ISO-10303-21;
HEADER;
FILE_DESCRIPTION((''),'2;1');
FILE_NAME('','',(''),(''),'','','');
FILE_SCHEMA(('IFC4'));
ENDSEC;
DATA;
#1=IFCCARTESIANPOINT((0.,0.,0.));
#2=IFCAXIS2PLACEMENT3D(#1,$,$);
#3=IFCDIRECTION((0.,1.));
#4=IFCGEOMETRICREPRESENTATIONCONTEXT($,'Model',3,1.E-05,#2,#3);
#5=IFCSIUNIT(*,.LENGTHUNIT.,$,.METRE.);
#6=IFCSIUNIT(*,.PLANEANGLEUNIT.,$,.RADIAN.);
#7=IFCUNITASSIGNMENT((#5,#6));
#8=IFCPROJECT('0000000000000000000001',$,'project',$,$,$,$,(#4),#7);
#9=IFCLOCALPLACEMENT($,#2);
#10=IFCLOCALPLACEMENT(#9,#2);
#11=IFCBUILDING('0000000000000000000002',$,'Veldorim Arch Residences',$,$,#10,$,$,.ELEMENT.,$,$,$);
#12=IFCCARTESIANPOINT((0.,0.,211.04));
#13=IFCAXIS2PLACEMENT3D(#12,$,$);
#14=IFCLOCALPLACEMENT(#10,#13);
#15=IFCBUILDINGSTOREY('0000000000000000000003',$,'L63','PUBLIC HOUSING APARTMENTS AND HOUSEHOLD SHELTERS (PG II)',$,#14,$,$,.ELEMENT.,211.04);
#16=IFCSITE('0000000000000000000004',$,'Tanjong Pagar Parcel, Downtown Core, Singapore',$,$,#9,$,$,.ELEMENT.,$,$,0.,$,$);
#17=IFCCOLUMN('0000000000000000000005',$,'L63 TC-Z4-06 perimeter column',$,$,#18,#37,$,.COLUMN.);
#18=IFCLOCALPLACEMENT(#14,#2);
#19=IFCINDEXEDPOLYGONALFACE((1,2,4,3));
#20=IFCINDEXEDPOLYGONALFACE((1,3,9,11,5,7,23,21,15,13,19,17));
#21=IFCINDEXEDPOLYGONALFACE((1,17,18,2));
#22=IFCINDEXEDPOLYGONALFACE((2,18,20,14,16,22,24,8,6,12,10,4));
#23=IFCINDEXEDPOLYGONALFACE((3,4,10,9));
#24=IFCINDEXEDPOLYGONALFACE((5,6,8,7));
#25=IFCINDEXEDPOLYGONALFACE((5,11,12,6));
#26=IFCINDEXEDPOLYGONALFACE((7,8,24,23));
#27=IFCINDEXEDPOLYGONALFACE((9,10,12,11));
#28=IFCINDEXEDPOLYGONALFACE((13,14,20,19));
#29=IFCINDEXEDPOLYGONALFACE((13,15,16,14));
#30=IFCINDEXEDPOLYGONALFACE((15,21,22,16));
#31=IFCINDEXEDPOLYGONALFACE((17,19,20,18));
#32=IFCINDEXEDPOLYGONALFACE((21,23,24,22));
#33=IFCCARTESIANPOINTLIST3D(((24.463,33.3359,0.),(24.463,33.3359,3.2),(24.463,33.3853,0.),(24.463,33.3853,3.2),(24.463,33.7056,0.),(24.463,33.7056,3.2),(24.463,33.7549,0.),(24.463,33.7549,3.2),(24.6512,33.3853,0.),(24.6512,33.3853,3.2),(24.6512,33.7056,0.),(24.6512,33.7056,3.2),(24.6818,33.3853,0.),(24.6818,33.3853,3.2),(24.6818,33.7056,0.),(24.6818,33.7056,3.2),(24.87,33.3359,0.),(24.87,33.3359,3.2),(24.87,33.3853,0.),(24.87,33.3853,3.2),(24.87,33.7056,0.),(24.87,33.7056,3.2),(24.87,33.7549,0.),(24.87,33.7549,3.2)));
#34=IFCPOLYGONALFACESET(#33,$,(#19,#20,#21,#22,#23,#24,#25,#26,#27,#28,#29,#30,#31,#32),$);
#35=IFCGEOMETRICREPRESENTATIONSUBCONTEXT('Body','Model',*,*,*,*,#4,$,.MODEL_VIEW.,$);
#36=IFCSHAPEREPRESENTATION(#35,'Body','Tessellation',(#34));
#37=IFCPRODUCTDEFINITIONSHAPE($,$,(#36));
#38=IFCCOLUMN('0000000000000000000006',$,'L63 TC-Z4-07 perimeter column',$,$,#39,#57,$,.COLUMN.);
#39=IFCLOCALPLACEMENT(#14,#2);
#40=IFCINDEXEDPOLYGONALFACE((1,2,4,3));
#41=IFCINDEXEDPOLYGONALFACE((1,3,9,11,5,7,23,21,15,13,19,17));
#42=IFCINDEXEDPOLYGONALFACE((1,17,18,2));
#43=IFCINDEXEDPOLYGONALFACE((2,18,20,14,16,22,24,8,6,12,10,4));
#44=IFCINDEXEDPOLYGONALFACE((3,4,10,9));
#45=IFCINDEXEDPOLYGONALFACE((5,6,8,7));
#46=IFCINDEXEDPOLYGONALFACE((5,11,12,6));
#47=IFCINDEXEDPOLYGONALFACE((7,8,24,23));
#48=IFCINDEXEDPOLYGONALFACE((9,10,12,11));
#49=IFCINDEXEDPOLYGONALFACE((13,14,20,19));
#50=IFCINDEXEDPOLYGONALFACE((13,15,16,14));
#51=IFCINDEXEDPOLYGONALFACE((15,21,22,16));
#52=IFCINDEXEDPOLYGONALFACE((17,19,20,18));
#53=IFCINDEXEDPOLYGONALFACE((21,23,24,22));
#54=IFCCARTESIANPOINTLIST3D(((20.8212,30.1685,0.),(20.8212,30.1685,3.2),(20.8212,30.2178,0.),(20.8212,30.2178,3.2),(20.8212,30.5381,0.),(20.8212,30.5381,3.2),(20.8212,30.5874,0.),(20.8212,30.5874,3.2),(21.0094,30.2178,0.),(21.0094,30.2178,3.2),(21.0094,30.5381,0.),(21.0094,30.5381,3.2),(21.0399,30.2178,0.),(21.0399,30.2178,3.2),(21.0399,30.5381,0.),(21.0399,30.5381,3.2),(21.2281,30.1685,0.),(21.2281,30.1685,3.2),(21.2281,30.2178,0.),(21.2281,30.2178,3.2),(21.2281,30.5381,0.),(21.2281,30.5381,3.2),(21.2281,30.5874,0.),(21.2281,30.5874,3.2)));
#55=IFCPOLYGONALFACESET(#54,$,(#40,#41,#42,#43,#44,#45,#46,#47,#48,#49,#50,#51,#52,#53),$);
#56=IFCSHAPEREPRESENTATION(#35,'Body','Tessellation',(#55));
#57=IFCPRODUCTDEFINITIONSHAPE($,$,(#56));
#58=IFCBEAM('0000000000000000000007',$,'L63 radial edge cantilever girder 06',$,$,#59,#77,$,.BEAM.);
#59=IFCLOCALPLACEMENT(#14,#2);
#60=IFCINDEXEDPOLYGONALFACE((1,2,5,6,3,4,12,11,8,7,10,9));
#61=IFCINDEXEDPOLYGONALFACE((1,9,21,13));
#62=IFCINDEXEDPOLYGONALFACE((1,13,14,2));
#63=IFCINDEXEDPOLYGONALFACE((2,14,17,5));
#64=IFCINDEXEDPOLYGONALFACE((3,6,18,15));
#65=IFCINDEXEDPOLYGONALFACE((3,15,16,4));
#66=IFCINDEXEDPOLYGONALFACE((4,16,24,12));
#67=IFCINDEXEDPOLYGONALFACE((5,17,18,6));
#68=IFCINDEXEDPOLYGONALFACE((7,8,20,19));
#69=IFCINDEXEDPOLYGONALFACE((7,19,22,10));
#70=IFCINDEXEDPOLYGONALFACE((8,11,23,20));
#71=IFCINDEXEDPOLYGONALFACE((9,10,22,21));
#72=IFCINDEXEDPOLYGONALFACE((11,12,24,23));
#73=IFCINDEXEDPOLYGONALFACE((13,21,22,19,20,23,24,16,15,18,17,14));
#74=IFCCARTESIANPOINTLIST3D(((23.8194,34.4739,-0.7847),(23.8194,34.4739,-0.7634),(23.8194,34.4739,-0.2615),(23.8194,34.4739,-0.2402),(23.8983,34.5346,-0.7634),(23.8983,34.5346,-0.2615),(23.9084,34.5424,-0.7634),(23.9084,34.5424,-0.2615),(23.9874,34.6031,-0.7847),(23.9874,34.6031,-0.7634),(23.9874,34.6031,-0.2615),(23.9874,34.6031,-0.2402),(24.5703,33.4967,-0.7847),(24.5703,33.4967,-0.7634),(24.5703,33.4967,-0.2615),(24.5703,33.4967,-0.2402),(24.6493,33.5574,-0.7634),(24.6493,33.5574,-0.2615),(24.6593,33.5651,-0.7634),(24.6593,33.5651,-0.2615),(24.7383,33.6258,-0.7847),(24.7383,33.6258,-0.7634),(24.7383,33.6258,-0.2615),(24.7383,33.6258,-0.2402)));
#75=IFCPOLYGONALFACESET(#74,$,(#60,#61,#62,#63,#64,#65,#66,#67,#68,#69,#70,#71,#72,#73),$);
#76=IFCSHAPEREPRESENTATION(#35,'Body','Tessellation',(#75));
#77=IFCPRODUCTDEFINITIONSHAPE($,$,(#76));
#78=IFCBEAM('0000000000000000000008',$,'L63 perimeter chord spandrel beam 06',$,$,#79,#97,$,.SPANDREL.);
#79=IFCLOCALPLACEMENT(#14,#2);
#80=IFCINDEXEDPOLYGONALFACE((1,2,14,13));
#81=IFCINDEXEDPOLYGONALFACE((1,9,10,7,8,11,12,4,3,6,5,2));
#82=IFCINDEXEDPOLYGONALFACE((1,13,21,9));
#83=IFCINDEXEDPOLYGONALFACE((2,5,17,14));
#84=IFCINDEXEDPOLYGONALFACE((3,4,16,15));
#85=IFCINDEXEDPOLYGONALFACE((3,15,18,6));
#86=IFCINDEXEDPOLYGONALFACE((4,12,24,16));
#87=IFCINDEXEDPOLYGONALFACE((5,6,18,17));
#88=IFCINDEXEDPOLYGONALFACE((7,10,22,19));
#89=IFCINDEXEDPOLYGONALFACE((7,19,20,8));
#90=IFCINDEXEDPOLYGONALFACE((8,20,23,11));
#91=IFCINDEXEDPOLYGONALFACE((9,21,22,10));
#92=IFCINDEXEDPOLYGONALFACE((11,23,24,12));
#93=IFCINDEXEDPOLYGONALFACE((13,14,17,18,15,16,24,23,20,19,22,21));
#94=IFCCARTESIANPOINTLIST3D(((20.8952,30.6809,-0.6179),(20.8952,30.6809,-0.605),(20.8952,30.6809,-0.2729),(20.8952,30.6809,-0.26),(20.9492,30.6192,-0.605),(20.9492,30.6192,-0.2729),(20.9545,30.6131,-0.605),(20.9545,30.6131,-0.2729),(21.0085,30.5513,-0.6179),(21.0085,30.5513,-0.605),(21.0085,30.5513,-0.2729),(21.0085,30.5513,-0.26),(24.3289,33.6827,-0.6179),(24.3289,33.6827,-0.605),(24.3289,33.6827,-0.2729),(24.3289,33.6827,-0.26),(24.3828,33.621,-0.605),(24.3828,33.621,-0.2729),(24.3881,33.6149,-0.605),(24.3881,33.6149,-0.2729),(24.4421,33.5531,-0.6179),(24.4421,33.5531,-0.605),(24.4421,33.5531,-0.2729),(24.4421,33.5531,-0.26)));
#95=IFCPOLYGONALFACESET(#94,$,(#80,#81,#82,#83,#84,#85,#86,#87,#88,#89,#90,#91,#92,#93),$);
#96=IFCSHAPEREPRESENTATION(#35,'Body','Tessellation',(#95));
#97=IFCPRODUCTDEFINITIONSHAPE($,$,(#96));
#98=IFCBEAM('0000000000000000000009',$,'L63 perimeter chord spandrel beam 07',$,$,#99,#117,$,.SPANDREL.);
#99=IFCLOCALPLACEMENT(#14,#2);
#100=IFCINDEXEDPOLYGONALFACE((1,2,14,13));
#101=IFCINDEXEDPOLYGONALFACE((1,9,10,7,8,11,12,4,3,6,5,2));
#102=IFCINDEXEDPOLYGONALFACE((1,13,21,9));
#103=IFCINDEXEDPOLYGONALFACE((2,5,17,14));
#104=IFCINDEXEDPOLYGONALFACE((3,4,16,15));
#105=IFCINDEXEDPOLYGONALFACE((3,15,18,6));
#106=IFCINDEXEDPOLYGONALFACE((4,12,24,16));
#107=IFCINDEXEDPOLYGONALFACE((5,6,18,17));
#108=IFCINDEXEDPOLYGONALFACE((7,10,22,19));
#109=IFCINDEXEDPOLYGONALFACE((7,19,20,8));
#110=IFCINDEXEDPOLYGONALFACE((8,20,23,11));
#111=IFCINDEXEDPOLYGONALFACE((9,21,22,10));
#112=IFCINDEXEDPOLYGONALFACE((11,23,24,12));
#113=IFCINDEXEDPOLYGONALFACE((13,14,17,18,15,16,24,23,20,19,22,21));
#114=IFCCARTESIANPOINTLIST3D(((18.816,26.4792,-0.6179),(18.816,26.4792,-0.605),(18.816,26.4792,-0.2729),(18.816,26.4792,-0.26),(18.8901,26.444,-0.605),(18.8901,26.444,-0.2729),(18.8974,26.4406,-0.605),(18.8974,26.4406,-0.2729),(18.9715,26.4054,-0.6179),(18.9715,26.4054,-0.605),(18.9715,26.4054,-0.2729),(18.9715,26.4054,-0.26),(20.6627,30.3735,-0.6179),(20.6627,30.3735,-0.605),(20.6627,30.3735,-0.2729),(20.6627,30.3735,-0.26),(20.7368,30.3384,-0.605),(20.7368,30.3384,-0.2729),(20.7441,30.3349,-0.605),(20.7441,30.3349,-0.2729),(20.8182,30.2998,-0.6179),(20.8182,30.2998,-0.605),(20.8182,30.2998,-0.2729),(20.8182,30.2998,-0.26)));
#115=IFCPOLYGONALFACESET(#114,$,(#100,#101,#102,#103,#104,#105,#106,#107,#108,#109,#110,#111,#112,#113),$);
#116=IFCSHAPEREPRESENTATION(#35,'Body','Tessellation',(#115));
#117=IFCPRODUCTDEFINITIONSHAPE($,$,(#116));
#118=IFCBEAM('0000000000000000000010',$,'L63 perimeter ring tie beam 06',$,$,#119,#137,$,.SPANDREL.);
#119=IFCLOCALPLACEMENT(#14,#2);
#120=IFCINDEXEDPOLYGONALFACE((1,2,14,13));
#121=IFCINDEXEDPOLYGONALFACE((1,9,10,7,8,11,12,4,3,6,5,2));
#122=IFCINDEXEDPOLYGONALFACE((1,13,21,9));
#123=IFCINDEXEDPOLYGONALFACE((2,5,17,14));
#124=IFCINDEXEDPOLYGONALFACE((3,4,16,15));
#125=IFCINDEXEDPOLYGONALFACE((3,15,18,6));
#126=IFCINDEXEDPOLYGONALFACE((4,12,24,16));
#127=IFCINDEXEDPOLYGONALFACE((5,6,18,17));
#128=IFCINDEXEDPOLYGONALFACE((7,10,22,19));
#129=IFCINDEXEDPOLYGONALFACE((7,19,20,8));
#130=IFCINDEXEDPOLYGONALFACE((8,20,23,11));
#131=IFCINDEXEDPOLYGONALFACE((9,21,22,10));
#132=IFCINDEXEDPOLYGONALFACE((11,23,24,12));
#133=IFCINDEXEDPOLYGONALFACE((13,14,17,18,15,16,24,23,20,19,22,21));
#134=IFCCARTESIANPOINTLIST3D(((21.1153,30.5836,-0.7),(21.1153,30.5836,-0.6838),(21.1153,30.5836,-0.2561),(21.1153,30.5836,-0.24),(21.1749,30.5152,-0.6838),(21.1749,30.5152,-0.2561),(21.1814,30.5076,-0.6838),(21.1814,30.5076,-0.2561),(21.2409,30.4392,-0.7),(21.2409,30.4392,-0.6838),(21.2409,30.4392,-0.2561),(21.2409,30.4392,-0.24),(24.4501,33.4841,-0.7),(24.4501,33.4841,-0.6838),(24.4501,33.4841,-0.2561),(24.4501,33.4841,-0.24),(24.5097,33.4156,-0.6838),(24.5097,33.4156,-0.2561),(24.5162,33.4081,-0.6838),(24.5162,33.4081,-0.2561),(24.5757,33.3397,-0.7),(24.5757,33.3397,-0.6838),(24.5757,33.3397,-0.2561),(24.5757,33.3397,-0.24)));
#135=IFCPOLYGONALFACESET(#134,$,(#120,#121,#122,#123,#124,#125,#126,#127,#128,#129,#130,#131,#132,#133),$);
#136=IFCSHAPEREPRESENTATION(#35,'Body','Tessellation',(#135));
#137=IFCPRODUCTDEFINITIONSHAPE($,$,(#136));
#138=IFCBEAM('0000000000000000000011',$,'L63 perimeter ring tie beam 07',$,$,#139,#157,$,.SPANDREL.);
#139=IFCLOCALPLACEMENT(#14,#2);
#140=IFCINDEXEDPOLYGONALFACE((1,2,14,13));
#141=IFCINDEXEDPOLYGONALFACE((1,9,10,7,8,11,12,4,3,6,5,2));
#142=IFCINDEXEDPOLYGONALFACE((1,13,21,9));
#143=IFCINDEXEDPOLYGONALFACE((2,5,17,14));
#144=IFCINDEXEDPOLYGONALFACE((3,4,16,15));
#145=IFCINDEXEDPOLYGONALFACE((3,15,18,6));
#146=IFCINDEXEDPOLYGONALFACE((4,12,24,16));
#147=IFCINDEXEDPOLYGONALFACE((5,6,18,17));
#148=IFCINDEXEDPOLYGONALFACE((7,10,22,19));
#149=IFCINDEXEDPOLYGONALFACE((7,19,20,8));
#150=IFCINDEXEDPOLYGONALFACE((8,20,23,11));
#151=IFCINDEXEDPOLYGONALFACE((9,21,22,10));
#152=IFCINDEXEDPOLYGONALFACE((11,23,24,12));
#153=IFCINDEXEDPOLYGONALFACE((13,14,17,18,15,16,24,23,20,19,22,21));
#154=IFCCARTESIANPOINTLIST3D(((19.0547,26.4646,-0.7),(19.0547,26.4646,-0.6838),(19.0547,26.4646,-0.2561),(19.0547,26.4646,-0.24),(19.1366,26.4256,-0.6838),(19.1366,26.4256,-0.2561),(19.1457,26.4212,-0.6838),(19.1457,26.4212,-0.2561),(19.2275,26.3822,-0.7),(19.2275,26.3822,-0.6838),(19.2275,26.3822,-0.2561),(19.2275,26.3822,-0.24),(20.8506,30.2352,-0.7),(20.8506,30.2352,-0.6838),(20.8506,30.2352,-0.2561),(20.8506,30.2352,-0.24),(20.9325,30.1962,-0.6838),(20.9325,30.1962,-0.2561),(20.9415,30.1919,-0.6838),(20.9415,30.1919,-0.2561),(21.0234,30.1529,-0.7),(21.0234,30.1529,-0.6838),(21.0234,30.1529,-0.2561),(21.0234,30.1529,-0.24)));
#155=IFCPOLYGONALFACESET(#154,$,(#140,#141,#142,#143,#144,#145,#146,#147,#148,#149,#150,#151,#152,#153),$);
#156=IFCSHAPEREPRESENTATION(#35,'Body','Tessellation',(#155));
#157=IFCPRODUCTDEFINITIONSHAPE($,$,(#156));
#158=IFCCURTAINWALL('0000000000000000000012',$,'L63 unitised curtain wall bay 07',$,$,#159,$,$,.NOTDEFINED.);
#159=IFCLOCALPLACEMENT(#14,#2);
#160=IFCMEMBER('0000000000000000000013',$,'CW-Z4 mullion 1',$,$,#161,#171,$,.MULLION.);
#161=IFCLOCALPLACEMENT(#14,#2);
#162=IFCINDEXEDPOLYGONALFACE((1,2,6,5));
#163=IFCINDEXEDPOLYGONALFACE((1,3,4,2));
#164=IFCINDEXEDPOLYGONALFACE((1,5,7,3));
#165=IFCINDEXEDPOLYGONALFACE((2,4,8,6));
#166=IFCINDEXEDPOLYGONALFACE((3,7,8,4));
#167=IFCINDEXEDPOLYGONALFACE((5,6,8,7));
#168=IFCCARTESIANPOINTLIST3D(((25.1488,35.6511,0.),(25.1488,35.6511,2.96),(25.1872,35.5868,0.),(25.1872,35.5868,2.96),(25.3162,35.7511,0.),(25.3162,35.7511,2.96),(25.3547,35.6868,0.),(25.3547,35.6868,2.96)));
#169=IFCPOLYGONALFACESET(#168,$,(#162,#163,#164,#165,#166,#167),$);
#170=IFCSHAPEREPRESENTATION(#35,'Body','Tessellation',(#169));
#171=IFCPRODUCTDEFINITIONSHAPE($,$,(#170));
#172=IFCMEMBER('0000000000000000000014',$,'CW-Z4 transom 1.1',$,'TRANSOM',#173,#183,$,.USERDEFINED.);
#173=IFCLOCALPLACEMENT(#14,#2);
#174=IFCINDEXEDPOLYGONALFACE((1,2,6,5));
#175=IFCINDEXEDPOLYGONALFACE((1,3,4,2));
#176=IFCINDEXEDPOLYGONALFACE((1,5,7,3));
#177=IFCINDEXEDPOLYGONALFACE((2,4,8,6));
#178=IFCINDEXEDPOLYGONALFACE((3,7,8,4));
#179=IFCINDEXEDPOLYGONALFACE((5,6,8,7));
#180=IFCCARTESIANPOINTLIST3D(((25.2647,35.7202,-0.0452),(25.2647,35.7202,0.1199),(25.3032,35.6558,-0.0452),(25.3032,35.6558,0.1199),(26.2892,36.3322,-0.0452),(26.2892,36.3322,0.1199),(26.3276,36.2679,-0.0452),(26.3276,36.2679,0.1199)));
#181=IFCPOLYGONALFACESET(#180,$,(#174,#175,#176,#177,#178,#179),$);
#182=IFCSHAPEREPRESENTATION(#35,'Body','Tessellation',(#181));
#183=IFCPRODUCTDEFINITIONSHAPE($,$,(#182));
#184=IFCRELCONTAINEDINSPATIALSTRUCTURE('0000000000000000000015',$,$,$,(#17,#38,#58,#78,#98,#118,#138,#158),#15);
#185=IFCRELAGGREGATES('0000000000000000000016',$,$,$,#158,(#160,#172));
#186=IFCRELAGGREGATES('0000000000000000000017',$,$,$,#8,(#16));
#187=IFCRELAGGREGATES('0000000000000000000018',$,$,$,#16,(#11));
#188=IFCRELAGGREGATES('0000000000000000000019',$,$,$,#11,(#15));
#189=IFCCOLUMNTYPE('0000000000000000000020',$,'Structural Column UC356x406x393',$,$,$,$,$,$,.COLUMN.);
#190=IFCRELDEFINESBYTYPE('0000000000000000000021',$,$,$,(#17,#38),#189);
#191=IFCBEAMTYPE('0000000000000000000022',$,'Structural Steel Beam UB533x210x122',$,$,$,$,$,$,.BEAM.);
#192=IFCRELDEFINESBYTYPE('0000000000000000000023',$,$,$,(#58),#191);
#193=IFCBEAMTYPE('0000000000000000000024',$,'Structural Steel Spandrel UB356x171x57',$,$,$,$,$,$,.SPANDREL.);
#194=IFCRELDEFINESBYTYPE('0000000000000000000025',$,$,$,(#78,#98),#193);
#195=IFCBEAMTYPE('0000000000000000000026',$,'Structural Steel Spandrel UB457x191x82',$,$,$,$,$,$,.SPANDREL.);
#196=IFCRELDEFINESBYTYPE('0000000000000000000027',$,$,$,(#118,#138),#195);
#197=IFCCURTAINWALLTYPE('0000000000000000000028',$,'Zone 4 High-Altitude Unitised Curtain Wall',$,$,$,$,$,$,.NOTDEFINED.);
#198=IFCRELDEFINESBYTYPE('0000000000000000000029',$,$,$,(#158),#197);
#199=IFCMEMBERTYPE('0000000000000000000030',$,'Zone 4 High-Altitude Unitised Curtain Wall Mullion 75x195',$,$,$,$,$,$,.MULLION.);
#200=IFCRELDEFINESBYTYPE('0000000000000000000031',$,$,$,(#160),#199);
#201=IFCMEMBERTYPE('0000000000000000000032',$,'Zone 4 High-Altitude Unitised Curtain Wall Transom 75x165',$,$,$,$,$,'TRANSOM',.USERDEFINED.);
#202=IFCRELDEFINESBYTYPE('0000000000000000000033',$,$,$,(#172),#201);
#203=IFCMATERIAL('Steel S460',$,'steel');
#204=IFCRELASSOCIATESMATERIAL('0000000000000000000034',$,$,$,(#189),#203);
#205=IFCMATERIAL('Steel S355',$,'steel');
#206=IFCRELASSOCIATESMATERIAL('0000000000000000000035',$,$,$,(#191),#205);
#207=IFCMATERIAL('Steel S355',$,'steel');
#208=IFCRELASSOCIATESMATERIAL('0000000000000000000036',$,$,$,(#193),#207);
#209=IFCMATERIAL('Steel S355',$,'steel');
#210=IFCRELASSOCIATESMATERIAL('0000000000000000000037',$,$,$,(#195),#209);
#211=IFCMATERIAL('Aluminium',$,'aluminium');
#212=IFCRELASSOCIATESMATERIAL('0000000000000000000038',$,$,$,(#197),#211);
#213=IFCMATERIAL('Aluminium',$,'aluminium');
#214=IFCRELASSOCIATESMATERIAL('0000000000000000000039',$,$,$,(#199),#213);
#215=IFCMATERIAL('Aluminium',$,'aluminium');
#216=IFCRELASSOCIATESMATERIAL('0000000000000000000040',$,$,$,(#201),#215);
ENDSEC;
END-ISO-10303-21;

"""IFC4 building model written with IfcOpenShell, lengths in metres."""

from ifc_helpers import new_model, si_unit, direction, frame, origin, origin_2d, place, context, subcontext, project, spatial, rectangle, i_section, extrude, material, material_profile, profile_set, type_object, element, aggregate, save


model = new_model("IFC4")

# Units and contexts
model_context = context("Model", 3, precision=1e-05, world=origin(), true_north=direction((0.0, 1.0)))
body_context = subcontext(model_context, "Body", "Model", "MODEL_VIEW")
ifc_project = project(units=[si_unit("LENGTHUNIT", "METRE"), si_unit("PLANEANGLEUNIT", "RADIAN")], contexts=[model_context])

# Site, building, storey
site_placement = place(None, origin())
site = spatial("IfcSite", under=ifc_project, at=site_placement, Name="Tanjong Pagar Parcel, Downtown Core, Singapore", CompositionType="ELEMENT", RefElevation=0.0)
building_placement = place(site_placement, origin())
building = spatial("IfcBuilding", under=site, at=building_placement, Name="Veldorim Arch Residences", CompositionType="ELEMENT")
storey_placement = place(building_placement, frame((0.0, 0.0, 211.04)))
storey = spatial("IfcBuildingStorey", under=building, at=storey_placement, Name="L63", Description="PUBLIC HOUSING APARTMENTS AND HOUSEHOLD SHELTERS (PG II)", CompositionType="ELEMENT", Elevation=211.04)

# Columns
ifc_material_1 = material(Name="Steel S460", Category="steel")
ifc_material_profile_1 = material_profile(ifc_material_1, i_section(OverallWidth=0.407, OverallDepth=0.4189, WebThickness=0.0305, FlangeThickness=0.0493, at=origin_2d()), Name="UC356x406x393")
ifc_profile_set_1 = profile_set([ifc_material_profile_1], Name="Steel S460")
column_type = type_object("IfcColumnType", Name="Structural Column UC356x406x393", PredefinedType="COLUMN", material=ifc_profile_set_1)
for number, where, z_axis, x_axis, name in (
    (1, (24.6665, 33.5454, 0.0), (0.0, 0.0, 1.0), (1.0, 0.0, 0.0), "L63 TC-Z4-06 perimeter column"),
    (2, (21.0247, 30.3779, 0.0), (0.0, 0.0, 1.0), (1.0, 0.0, 0.0), "L63 TC-Z4-07 perimeter column"),
):
    element("IfcColumn", number, at=place(storey_placement, frame(where, z_axis=z_axis, x_axis=x_axis)), inside=storey, type_object=column_type, Name=name, PredefinedType="COLUMN", context=body_context, shape_type="SweptSolid", body=[
        extrude(i_section(OverallWidth=0.407, OverallDepth=0.4189, WebThickness=0.0305, FlangeThickness=0.0493, at=origin_2d()), origin(), (0.0, 0.0, 1.0), 3.2),
    ])

# Beams
ifc_material_2 = material(Name="Steel S355", Category="steel")
ifc_material_profile_2 = material_profile(ifc_material_2, i_section(OverallWidth=0.2119, OverallDepth=0.5444, WebThickness=0.0127, FlangeThickness=0.0212, at=origin_2d()), Name="UB533x210x122")
ifc_profile_set_2 = profile_set([ifc_material_profile_2], Name="Steel S355")
beam_type_1 = type_object("IfcBeamType", Name="Structural Steel Beam UB533x210x122", PredefinedType="BEAM", material=ifc_profile_set_2)
beam_1_placement = place(storey_placement, frame((24.6543, 33.5613, -0.5125), z_axis=(-0.609309, 0.792933, 0.0), x_axis=(-0.792933, -0.609309, 0.0)))
element("IfcBeam", 3, at=beam_1_placement, inside=storey, type_object=beam_type_1, Name="L63 radial edge cantilever girder 06", PredefinedType="BEAM", context=body_context, shape_type="SweptSolid", body=[
    extrude(i_section(OverallWidth=0.2119, OverallDepth=0.5444, WebThickness=0.0127, FlangeThickness=0.0212, at=origin_2d()), origin(), (0.0, 0.0, 1.0), 1.2324),
])
ifc_material_3 = material(Name="Steel S355", Category="steel")
ifc_material_profile_3 = material_profile(ifc_material_3, i_section(OverallWidth=0.1721, OverallDepth=0.3579, WebThickness=0.0081, FlangeThickness=0.0129, at=origin_2d()), Name="UB356x171x57")
ifc_profile_set_3 = profile_set([ifc_material_profile_3], Name="Steel S355")
beam_type_2 = type_object("IfcBeamType", Name="Structural Steel Spandrel UB356x171x57", PredefinedType="SPANDREL", material=ifc_profile_set_3)
beam_2_placement = place(storey_placement, frame((24.3855, 33.6179, -0.439), z_axis=(-0.752868, -0.658171, 0.0), x_axis=(0.658171, -0.752868, 0.0)))
element("IfcBeam", 4, at=beam_2_placement, inside=storey, type_object=beam_type_2, Name="L63 perimeter chord spandrel beam 06", PredefinedType="SPANDREL", context=body_context, shape_type="SweptSolid", body=[
    extrude(i_section(OverallWidth=0.1721, OverallDepth=0.3579, WebThickness=0.0081, FlangeThickness=0.0129, at=origin_2d()), origin(), (0.0, 0.0, 1.0), 4.5608),
])
beam_3_placement = place(storey_placement, frame((20.7405, 30.3367, -0.439), z_axis=(-0.428469, -0.903557, 0.0), x_axis=(0.903557, -0.428469, 0.0)))
element("IfcBeam", 5, at=beam_3_placement, inside=storey, type_object=beam_type_2, Name="L63 perimeter chord spandrel beam 07", PredefinedType="SPANDREL", context=body_context, shape_type="SweptSolid", body=[
    extrude(i_section(OverallWidth=0.1721, OverallDepth=0.3579, WebThickness=0.0081, FlangeThickness=0.0129, at=origin_2d()), origin(), (0.0, 0.0, 1.0), 4.3101),
])
ifc_material_4 = material(Name="Steel S355", Category="steel")
ifc_material_profile_4 = material_profile(ifc_material_4, i_section(OverallWidth=0.1914, OverallDepth=0.46, WebThickness=0.01, FlangeThickness=0.0161, at=origin_2d()), Name="UB457x191x82")
ifc_profile_set_4 = profile_set([ifc_material_profile_4], Name="Steel S355")
beam_type_3 = type_object("IfcBeamType", Name="Structural Steel Spandrel UB457x191x82", PredefinedType="SPANDREL", material=ifc_profile_set_4)
beam_4_placement = place(storey_placement, frame((24.5129, 33.4119, -0.47), z_axis=(-0.754534, -0.656261, 0.0), x_axis=(0.656261, -0.754534, 0.0)))
element("IfcBeam", 6, at=beam_4_placement, inside=storey, type_object=beam_type_3, Name="L63 perimeter ring tie beam 06", PredefinedType="SPANDREL", context=body_context, shape_type="SweptSolid", body=[
    extrude(i_section(OverallWidth=0.1914, OverallDepth=0.46, WebThickness=0.01, FlangeThickness=0.0161, at=origin_2d()), origin(), (0.0, 0.0, 1.0), 4.4197),
])
beam_5_placement = place(storey_placement, frame((20.937, 30.1941, -0.47), z_axis=(-0.429993, -0.902832, 0.0), x_axis=(0.902832, -0.429993, 0.0)))
element("IfcBeam", 7, at=beam_5_placement, inside=storey, type_object=beam_type_3, Name="L63 perimeter ring tie beam 07", PredefinedType="SPANDREL", context=body_context, shape_type="SweptSolid", body=[
    extrude(i_section(OverallWidth=0.1914, OverallDepth=0.46, WebThickness=0.01, FlangeThickness=0.0161, at=origin_2d()), origin(), (0.0, 0.0, 1.0), 4.1765),
])

# Curtain wall, members
ifc_material_5 = material(Name="Aluminium", Category="aluminium")
curtain_wall_type = type_object("IfcCurtainWallType", Name="Zone 4 High-Altitude Unitised Curtain Wall", PredefinedType="NOTDEFINED", material=ifc_material_5)
curtain_wall_placement = place(storey_placement, origin())
curtain_wall = element("IfcCurtainWall", 8, at=curtain_wall_placement, inside=storey, type_object=curtain_wall_type, Name="L63 unitised curtain wall bay 07", PredefinedType="NOTDEFINED")
ifc_material_6 = material(Name="Aluminium", Category="aluminium")
ifc_material_profile_5 = material_profile(ifc_material_6, rectangle(XDim=0.075, YDim=0.1951, at=origin_2d()), Name="ALU_MUL_75x195")
ifc_profile_set_5 = profile_set([ifc_material_profile_5], Name="Aluminium")
member_type_1 = type_object("IfcMemberType", Name="Zone 4 High-Altitude Unitised Curtain Wall Mullion 75x195", PredefinedType="MULLION", material=ifc_profile_set_5)
member_1_placement = place(storey_placement, frame((25.2517, 35.6689, 0.0), z_axis=(0.0, 0.0, 1.0), x_axis=(-0.512817, 0.858498, 0.0)))
member_1 = element("IfcMember", 9, at=member_1_placement, type_object=member_type_1, Name="CW-Z4 mullion 1", PredefinedType="MULLION", context=body_context, shape_type="SweptSolid", body=[
    extrude(rectangle(XDim=0.075, YDim=0.1951, at=origin_2d()), origin(), (0.0, 0.0, 1.0), 2.96),
])
ifc_material_7 = material(Name="Aluminium", Category="aluminium")
ifc_material_profile_6 = material_profile(ifc_material_7, rectangle(XDim=0.075, YDim=0.165, at=origin_2d()), Name="ALU_TRN_75x165")
ifc_profile_set_6 = profile_set([ifc_material_profile_6], Name="Aluminium")
member_type_2 = type_object("IfcMemberType", Name="Zone 4 High-Altitude Unitised Curtain Wall Transom 75x165", ElementType="TRANSOM", PredefinedType="USERDEFINED", material=ifc_profile_set_6)
member_2_placement = place(storey_placement, frame((25.2839, 35.688, 0.0374), z_axis=(0.858448, 0.5129, 0.0), x_axis=(-0.5129, 0.858448, 0.0)))
member_2 = element("IfcMember", 10, at=member_2_placement, type_object=member_type_2, Name="CW-Z4 transom 1.1", ObjectType="TRANSOM", PredefinedType="USERDEFINED", context=body_context, shape_type="SweptSolid", body=[
    extrude(rectangle(XDim=0.075, YDim=0.165, at=origin_2d()), origin(), (0.0, 0.0, 1.0), 1.1934),
])
aggregate(curtain_wall, [member_1, member_2])

save(model, "model.ifc")
